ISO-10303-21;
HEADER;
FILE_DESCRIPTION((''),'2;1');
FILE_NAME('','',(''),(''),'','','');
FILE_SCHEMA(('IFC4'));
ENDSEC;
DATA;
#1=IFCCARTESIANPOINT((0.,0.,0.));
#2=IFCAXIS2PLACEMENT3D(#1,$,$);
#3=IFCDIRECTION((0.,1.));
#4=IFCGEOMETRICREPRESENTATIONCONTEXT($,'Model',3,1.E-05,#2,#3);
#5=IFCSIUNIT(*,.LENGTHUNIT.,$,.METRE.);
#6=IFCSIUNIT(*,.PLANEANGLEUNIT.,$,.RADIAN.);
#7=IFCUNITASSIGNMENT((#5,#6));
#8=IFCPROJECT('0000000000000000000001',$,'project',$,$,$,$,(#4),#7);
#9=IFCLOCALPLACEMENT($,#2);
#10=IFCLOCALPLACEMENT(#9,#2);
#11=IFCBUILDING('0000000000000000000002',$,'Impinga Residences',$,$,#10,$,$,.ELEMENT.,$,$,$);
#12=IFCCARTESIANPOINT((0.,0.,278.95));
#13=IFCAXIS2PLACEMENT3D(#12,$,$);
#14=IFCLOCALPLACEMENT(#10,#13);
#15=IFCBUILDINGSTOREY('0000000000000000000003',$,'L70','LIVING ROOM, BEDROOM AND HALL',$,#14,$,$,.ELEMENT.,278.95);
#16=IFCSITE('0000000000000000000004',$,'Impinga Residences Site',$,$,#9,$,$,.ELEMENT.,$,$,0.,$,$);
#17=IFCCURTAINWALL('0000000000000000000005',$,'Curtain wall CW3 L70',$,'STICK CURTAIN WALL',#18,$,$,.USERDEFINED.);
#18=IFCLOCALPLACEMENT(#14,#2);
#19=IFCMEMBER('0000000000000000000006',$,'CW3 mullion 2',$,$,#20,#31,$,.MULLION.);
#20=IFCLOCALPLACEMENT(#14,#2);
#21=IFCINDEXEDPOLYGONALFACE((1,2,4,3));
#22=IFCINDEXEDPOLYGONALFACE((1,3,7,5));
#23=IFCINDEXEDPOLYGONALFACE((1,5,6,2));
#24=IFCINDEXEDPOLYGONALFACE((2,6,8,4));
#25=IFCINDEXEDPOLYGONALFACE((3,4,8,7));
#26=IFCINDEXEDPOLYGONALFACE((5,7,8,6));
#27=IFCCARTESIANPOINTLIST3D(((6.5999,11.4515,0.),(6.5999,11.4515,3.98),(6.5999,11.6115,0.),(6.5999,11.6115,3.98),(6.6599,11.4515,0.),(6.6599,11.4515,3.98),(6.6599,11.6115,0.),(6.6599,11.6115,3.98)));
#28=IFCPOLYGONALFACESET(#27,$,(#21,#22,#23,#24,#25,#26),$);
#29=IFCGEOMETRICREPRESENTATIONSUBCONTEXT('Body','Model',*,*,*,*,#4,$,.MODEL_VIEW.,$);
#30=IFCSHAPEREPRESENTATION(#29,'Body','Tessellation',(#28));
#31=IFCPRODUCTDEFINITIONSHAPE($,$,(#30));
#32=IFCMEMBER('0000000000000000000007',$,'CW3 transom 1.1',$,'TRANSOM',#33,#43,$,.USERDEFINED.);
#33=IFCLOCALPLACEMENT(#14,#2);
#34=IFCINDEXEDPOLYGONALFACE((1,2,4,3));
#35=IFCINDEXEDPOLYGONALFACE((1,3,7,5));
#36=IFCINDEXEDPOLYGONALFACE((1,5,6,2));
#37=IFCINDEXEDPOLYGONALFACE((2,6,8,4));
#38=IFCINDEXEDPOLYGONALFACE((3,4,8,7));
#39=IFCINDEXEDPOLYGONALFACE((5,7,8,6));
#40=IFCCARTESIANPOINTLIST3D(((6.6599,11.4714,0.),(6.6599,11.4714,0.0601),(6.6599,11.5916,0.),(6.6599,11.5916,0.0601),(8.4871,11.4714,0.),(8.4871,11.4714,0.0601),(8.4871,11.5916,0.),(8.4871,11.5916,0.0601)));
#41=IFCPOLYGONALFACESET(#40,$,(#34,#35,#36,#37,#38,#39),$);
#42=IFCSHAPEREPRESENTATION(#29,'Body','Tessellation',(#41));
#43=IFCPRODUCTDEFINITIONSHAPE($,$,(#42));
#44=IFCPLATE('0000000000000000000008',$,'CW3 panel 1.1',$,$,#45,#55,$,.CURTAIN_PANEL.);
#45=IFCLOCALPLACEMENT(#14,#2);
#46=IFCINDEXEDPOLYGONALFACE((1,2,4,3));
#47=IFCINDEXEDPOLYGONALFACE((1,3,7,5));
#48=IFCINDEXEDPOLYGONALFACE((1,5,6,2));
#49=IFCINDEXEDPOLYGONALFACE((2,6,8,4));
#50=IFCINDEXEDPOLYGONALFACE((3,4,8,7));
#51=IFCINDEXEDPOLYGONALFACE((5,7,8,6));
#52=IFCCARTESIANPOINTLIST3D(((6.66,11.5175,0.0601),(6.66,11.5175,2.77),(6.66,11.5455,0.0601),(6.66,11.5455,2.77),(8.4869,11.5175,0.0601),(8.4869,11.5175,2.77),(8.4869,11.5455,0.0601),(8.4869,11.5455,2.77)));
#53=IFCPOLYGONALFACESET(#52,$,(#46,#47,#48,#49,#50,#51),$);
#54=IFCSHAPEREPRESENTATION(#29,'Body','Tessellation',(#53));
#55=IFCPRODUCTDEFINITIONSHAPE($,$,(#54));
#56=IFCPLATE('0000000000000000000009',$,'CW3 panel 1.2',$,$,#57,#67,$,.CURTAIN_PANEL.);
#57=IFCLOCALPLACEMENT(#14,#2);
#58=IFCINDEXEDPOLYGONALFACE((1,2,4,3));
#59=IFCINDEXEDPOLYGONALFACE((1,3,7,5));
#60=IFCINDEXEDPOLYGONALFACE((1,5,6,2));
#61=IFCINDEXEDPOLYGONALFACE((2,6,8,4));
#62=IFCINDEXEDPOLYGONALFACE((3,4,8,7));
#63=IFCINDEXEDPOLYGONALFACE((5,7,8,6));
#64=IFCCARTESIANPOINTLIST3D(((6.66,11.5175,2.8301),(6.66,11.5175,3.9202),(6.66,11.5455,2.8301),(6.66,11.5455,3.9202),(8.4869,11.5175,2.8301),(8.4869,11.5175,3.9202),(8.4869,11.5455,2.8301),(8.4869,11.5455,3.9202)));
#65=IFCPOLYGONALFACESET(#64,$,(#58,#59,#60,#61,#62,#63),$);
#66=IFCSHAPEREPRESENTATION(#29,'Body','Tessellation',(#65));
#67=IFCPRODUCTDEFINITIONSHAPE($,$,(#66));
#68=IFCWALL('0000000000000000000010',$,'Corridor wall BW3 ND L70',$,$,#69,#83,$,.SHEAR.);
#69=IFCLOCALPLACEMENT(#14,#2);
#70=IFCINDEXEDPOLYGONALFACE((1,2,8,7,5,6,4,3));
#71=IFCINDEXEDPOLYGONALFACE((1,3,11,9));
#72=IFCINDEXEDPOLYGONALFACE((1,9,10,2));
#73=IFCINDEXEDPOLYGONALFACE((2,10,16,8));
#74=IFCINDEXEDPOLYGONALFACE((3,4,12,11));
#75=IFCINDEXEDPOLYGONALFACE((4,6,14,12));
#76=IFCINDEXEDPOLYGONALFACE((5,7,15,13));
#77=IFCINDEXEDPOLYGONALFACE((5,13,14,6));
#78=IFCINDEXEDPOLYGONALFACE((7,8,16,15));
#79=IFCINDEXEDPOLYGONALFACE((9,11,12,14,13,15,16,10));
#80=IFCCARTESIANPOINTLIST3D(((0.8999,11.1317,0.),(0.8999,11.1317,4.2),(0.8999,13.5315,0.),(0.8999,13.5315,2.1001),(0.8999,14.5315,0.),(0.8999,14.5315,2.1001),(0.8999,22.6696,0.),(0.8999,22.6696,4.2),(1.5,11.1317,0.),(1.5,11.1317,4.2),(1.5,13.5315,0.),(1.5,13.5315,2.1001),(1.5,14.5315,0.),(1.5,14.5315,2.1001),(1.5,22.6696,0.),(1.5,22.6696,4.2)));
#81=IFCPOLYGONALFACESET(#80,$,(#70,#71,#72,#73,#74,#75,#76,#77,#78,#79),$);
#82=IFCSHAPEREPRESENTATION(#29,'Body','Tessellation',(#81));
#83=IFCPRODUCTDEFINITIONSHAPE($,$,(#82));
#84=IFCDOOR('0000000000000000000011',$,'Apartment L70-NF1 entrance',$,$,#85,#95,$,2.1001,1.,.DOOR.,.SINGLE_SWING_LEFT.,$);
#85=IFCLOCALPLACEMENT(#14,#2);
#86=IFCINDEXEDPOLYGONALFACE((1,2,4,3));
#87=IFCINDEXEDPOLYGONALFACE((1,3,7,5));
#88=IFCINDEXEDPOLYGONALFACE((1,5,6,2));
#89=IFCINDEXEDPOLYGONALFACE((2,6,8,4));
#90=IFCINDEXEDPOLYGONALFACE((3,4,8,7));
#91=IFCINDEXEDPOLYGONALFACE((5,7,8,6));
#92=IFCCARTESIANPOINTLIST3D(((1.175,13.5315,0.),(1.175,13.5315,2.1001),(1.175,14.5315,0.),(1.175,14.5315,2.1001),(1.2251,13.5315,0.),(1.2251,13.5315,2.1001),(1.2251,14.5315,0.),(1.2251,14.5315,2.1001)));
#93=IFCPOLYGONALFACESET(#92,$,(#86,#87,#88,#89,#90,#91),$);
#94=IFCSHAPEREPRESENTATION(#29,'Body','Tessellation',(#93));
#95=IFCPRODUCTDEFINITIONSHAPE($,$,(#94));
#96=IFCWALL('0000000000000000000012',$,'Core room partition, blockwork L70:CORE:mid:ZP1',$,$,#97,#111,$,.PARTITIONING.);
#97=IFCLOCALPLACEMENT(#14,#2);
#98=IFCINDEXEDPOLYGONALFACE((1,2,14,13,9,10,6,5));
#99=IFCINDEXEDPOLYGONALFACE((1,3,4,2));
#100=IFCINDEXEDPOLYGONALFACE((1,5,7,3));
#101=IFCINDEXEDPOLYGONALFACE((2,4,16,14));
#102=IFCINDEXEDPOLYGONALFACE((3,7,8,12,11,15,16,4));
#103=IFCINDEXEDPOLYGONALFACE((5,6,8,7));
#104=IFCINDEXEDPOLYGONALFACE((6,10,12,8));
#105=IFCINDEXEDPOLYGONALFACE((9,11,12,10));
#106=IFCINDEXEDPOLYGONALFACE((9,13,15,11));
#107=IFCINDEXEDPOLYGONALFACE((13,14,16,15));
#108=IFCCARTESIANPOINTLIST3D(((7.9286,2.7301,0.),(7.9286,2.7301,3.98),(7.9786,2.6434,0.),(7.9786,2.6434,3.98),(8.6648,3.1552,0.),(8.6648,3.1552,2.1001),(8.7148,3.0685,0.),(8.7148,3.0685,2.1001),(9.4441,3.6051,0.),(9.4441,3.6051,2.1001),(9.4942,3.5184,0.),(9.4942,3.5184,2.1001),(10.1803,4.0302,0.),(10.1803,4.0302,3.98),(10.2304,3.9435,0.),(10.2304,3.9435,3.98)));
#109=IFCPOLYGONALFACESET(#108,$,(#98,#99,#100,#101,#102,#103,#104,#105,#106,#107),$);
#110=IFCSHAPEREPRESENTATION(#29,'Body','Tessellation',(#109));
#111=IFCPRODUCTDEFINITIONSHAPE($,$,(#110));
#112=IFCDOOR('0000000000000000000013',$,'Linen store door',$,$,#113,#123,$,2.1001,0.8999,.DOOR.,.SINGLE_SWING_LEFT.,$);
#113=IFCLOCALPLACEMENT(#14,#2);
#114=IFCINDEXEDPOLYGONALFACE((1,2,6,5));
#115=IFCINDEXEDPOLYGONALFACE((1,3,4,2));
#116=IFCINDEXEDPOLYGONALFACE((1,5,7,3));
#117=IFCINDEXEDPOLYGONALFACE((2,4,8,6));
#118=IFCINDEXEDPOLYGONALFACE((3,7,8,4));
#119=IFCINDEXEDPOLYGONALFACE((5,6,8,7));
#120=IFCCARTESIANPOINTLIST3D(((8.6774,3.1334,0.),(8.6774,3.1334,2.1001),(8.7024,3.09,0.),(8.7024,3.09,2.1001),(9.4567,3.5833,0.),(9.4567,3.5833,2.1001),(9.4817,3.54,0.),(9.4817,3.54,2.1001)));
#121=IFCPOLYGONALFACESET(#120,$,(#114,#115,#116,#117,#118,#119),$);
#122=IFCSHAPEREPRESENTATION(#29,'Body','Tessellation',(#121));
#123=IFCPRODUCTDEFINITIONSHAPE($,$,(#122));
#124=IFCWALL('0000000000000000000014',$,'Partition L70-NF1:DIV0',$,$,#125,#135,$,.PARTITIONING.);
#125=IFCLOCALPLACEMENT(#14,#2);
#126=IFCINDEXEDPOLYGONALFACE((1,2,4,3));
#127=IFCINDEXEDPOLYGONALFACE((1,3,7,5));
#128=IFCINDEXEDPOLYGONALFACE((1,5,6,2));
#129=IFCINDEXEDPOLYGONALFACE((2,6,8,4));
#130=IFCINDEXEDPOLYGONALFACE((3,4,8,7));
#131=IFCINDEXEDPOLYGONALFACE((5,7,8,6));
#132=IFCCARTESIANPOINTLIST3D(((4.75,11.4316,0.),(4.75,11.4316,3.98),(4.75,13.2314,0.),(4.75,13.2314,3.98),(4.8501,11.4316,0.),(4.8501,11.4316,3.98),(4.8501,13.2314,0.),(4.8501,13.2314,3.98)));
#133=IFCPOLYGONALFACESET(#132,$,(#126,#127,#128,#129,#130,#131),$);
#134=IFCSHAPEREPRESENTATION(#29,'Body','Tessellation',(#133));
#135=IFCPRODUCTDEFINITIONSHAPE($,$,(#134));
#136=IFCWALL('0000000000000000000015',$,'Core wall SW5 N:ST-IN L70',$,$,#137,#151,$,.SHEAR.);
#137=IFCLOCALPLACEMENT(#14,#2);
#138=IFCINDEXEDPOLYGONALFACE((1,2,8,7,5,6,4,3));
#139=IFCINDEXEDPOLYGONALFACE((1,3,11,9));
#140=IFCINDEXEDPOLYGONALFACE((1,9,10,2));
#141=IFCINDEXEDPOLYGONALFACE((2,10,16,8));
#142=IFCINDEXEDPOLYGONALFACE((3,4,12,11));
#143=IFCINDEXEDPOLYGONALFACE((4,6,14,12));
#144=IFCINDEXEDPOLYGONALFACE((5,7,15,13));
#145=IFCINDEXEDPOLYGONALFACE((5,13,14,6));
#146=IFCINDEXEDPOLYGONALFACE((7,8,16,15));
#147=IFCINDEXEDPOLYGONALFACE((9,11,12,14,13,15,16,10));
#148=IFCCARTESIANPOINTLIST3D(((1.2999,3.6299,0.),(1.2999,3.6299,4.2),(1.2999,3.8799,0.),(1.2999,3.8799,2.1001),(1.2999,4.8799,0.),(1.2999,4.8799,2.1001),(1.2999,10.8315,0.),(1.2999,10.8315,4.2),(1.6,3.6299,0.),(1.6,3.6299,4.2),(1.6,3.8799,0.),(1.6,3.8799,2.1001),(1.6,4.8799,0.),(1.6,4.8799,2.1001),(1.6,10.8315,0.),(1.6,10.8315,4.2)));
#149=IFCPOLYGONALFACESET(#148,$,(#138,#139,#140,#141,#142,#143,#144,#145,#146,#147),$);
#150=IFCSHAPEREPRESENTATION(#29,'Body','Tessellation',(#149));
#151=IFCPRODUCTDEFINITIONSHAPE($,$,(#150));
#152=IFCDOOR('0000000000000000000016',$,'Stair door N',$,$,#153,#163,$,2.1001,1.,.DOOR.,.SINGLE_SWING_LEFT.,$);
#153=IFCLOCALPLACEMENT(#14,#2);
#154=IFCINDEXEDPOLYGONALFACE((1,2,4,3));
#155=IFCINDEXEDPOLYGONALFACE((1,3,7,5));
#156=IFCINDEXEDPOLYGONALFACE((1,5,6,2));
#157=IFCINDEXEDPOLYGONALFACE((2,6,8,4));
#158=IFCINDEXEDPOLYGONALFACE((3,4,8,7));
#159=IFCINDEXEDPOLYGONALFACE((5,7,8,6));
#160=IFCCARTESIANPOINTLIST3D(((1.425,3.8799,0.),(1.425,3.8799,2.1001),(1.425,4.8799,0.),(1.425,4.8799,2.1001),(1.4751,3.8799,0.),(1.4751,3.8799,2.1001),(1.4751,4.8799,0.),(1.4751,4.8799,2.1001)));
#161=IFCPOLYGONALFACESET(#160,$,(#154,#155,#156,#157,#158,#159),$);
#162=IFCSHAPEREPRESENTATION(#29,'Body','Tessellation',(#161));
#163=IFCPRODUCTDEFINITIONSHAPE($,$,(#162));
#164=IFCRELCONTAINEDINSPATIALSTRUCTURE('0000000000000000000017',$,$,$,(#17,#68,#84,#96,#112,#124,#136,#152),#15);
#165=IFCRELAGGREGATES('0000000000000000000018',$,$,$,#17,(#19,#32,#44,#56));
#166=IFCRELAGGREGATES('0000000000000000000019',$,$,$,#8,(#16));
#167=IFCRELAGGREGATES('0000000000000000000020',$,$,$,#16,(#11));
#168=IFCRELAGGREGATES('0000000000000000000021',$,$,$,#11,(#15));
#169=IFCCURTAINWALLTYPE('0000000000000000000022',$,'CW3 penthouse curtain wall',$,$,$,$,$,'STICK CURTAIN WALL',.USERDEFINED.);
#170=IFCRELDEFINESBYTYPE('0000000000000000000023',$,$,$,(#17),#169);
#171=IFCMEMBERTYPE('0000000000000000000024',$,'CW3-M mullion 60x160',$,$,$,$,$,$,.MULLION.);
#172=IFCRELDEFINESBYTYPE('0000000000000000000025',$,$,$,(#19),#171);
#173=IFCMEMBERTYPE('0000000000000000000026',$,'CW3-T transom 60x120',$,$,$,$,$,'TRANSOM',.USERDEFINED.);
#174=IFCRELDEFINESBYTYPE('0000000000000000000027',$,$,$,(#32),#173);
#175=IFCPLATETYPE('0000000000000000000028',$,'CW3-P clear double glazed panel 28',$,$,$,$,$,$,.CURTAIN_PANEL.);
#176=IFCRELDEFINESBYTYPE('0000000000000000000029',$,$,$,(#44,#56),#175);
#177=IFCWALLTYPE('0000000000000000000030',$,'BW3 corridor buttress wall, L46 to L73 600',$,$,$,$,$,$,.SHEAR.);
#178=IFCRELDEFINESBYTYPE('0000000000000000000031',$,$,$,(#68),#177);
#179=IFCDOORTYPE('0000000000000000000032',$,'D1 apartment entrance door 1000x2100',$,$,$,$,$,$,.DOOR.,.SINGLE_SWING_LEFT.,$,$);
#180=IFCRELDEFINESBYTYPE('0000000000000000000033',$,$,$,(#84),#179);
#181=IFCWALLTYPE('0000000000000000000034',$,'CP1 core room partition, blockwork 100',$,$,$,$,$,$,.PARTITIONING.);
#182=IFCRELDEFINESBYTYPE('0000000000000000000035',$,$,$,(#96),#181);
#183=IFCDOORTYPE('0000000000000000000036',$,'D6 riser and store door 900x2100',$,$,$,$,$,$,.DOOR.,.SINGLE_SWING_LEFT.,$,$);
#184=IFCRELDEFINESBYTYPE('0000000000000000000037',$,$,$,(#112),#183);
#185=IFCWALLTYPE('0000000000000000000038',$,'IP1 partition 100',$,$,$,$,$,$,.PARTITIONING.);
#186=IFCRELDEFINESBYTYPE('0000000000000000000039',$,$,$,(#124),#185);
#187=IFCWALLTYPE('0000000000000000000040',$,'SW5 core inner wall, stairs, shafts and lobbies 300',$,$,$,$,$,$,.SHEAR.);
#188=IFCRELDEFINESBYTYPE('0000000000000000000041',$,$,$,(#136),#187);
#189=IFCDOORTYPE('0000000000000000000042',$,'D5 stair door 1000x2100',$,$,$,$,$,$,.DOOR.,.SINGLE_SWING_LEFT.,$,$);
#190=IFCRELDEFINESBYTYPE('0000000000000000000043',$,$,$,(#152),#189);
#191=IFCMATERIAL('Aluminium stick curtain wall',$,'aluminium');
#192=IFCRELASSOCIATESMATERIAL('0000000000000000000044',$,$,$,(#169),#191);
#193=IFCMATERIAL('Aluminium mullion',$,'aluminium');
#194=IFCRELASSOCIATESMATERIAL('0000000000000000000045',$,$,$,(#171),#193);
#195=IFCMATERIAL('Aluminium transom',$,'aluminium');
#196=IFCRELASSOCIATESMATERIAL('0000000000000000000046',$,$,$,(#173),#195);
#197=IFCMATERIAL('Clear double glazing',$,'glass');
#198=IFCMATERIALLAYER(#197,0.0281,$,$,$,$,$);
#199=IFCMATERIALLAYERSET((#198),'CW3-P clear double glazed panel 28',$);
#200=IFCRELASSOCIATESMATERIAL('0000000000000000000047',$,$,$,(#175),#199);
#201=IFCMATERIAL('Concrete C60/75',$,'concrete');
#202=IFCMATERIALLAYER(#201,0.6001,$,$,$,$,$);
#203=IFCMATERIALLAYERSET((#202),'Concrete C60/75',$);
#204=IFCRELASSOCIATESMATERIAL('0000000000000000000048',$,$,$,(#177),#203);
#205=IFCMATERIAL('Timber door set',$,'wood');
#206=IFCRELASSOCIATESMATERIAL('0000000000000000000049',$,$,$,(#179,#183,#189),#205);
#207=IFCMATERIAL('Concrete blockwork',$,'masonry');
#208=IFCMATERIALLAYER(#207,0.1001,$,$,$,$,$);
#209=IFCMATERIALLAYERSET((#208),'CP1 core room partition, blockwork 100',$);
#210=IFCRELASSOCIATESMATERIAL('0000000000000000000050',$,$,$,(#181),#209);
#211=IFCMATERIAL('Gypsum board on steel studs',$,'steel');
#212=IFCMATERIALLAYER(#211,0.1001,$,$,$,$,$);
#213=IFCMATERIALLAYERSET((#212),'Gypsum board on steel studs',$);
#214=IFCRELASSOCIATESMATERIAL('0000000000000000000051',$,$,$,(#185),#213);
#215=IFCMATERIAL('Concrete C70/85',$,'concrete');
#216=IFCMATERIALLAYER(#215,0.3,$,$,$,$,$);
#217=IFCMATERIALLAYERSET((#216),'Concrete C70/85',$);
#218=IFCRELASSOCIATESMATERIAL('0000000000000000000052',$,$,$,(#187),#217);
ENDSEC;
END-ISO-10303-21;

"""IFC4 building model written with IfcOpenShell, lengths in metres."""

from ifc_helpers import new_model, si_unit, direction, frame, frame_2d, origin, origin_2d, place, context, subcontext, project, spatial, rectangle, extrude, material, layer, layer_set, material_profile, profile_set, type_object, element, fill, aggregate, save


model = new_model("IFC4")

# Units and contexts
model_context = context("Model", 3, precision=1e-05, world=origin(), true_north=direction((0.0, 1.0)))
body_context = subcontext(model_context, "Body", "Model", "MODEL_VIEW")
ifc_project = project(units=[si_unit("LENGTHUNIT", "METRE"), si_unit("PLANEANGLEUNIT", "RADIAN")], contexts=[model_context])

# Site, building, storey
site_placement = place(None, origin())
site = spatial("IfcSite", under=ifc_project, at=site_placement, Name="Impinga Residences Site", CompositionType="ELEMENT", RefElevation=0.0)
building_placement = place(site_placement, origin())
building = spatial("IfcBuilding", under=site, at=building_placement, Name="Impinga Residences", CompositionType="ELEMENT")
storey_placement = place(building_placement, frame((0.0, 0.0, 278.95)))
storey = spatial("IfcBuildingStorey", under=building, at=storey_placement, Name="L70", Description="LIVING ROOM, BEDROOM AND HALL", CompositionType="ELEMENT", Elevation=278.95)

# Curtain wall, members, plates
ifc_material_1 = material(Name="Aluminium stick curtain wall", Category="aluminium")
curtain_wall_type = type_object("IfcCurtainWallType", Name="CW3 penthouse curtain wall", ElementType="STICK CURTAIN WALL", PredefinedType="USERDEFINED", material=ifc_material_1)
curtain_wall_placement = place(storey_placement, origin())
curtain_wall = element("IfcCurtainWall", 1, at=curtain_wall_placement, inside=storey, type_object=curtain_wall_type, Name="Curtain wall CW3 L70", ObjectType="STICK CURTAIN WALL", PredefinedType="USERDEFINED")
ifc_material_2 = material(Name="Aluminium mullion", Category="aluminium")
ifc_material_profile_1 = material_profile(ifc_material_2, rectangle(XDim=0.0601, YDim=0.1599, at=origin_2d()), Name="60x160 mullion")
ifc_profile_set_1 = profile_set([ifc_material_profile_1], Name="Aluminium mullion")
member_type_1 = type_object("IfcMemberType", Name="CW3-M mullion 60x160", PredefinedType="MULLION", material=ifc_profile_set_1)
member_1_placement = place(storey_placement, frame((6.6299, 11.5315, 0.0), z_axis=(0.0, 0.0, 1.0), x_axis=(-1.0, 0.0, 0.0)))
member_1 = element("IfcMember", 2, at=member_1_placement, type_object=member_type_1, Name="CW3 mullion 2", PredefinedType="MULLION", context=body_context, shape_type="SweptSolid", body=[
    extrude(rectangle(XDim=0.0601, YDim=0.1599, at=origin_2d()), origin(), (0.0, 0.0, 1.0), 3.98),
])
ifc_material_3 = material(Name="Aluminium transom", Category="aluminium")
ifc_material_profile_2 = material_profile(ifc_material_3, rectangle(XDim=0.0601, YDim=0.1201, at=origin_2d()), Name="60x120 transom")
ifc_profile_set_2 = profile_set([ifc_material_profile_2], Name="Aluminium transom")
member_type_2 = type_object("IfcMemberType", Name="CW3-T transom 60x120", ElementType="TRANSOM", PredefinedType="USERDEFINED", material=ifc_profile_set_2)
member_2_placement = place(storey_placement, frame((8.4871, 11.5315, 0.03), z_axis=(-1.0, 0.0, 0.0), x_axis=(0.0, 0.0, 1.0)))
member_2 = element("IfcMember", 3, at=member_2_placement, type_object=member_type_2, Name="CW3 transom 1.1", ObjectType="TRANSOM", PredefinedType="USERDEFINED", context=body_context, shape_type="SweptSolid", body=[
    extrude(rectangle(XDim=0.0601, YDim=0.1201, at=origin_2d()), origin(), (0.0, 0.0, 1.0), 1.8271),
])
ifc_material_4 = material(Name="Clear double glazing", Category="glass")
ifc_layer_1 = layer(ifc_material_4, 0.0281)
ifc_layer_set_1 = layer_set([ifc_layer_1], Name="CW3-P clear double glazed panel 28")
plate_type = type_object("IfcPlateType", Name="CW3-P clear double glazed panel 28", PredefinedType="CURTAIN_PANEL", material=ifc_layer_set_1)
plate_1_placement = place(storey_placement, frame((7.5735, 11.5315, 0.0601), z_axis=(0.0, 0.0, 1.0), x_axis=(-1.0, 0.0, 0.0)))
plate_1 = element("IfcPlate", 4, at=plate_1_placement, type_object=plate_type, Name="CW3 panel 1.1", PredefinedType="CURTAIN_PANEL", context=body_context, shape_type="SweptSolid", body=[
    extrude(rectangle(XDim=1.8269, YDim=0.0281, at=origin_2d()), origin(), (0.0, 0.0, 1.0), 2.71),
])
plate_2_placement = place(storey_placement, frame((7.5735, 11.5315, 2.8301), z_axis=(0.0, 0.0, 1.0), x_axis=(-1.0, 0.0, 0.0)))
plate_2 = element("IfcPlate", 5, at=plate_2_placement, type_object=plate_type, Name="CW3 panel 1.2", PredefinedType="CURTAIN_PANEL", context=body_context, shape_type="SweptSolid", body=[
    extrude(rectangle(XDim=1.8269, YDim=0.0281, at=origin_2d()), origin(), (0.0, 0.0, 1.0), 1.0901),
])
aggregate(curtain_wall, [member_1, member_2, plate_1, plate_2])

# Walls, openings, doors
ifc_material_5 = material(Name="Concrete C60/75", Category="concrete")
ifc_layer_2 = layer(ifc_material_5, 0.6001)
ifc_layer_set_2 = layer_set([ifc_layer_2], Name="Concrete C60/75")
wall_type_1 = type_object("IfcWallType", Name="BW3 corridor buttress wall, L46 to L73 600", PredefinedType="SHEAR", material=ifc_layer_set_2)
wall_1_placement = place(storey_placement, frame((1.2, 11.1316, 0.0), z_axis=(0.0, 0.0, 1.0), x_axis=(0.0, 1.0, 0.0)))
wall_1 = element("IfcWall", 6, at=wall_1_placement, inside=storey, type_object=wall_type_1, Name="Corridor wall BW3 ND L70", PredefinedType="SHEAR", context=body_context, shape_type="SweptSolid", body=[
    extrude(rectangle(XDim=11.5378, YDim=0.6001, at=frame_2d((5.769, 0.0))), origin(), (0.0, 0.0, 1.0), 4.2),
])
opening_1_placement = place(wall_1_placement, frame((2.3999, 0.0, 0.0)))
opening_1 = element("IfcOpeningElement", 7, at=opening_1_placement, cuts=wall_1, PredefinedType="OPENING", context=body_context, shape_type="SweptSolid", body=[
    extrude(rectangle(XDim=1.0, YDim=2.1001, at=frame_2d((0.5, 1.05))), frame((0.0, 0.3101, 0.0), z_axis=(0.0, -1.0, 0.0), x_axis=(1.0, 0.0, 0.0)), (0.0, 0.0, 1.0), 0.6201),
])
ifc_material_6 = material(Name="Timber door set", Category="wood")
door_type_1 = type_object("IfcDoorType", Name="D1 apartment entrance door 1000x2100", OperationType="SINGLE_SWING_LEFT", PredefinedType="DOOR", material=ifc_material_6)
door_1_placement = place(opening_1_placement, origin())
door_1 = element("IfcDoor", 8, at=door_1_placement, inside=storey, type_object=door_type_1, Name="Apartment L70-NF1 entrance", OperationType="SINGLE_SWING_LEFT", OverallHeight=2.1001, OverallWidth=1.0, PredefinedType="DOOR", context=body_context, shape_type="SweptSolid", body=[
    extrude(rectangle(XDim=1.0, YDim=2.1001, at=frame_2d((0.5, 1.05))), frame((0.0, 0.0249, 0.0), z_axis=(0.0, -1.0, 0.0), x_axis=(1.0, 0.0, 0.0)), (0.0, 0.0, 1.0), 0.05),
])
fill(opening_1, door_1)
ifc_material_7 = material(Name="Concrete blockwork", Category="masonry")
ifc_layer_3 = layer(ifc_material_7, 0.1001)
ifc_layer_set_3 = layer_set([ifc_layer_3], Name="CP1 core room partition, blockwork 100")
wall_type_2 = type_object("IfcWallType", Name="CP1 core room partition, blockwork 100", PredefinedType="PARTITIONING", material=ifc_layer_set_3)
wall_2_placement = place(storey_placement, frame((7.9536, 2.6868, 0.0), z_axis=(0.0, 0.0, 1.0), x_axis=(0.866021, 0.500007, 0.0)))
wall_2 = element("IfcWall", 9, at=wall_2_placement, inside=storey, type_object=wall_type_2, Name="Core room partition, blockwork L70:CORE:mid:ZP1", PredefinedType="PARTITIONING", context=body_context, shape_type="SweptSolid", body=[
    extrude(rectangle(XDim=2.6001, YDim=0.1001, at=frame_2d((1.3, 0.0))), origin(), (0.0, 0.0, 1.0), 3.98),
])
opening_2_placement = place(wall_2_placement, frame((0.8501, 0.0, 0.0)))
opening_2 = element("IfcOpeningElement", 10, at=opening_2_placement, cuts=wall_2, PredefinedType="OPENING", context=body_context, shape_type="SweptSolid", body=[
    extrude(rectangle(XDim=0.8999, YDim=2.1001, at=frame_2d((0.45, 1.05))), frame((0.0, 0.0601, 0.0), z_axis=(0.0, -1.0, 0.0), x_axis=(1.0, 0.0, 0.0)), (0.0, 0.0, 1.0), 0.1201),
])
door_type_2 = type_object("IfcDoorType", Name="D6 riser and store door 900x2100", OperationType="SINGLE_SWING_LEFT", PredefinedType="DOOR", material=ifc_material_6)
door_2_placement = place(opening_2_placement, origin())
door_2 = element("IfcDoor", 11, at=door_2_placement, inside=storey, type_object=door_type_2, Name="Linen store door", OperationType="SINGLE_SWING_LEFT", OverallHeight=2.1001, OverallWidth=0.8999, PredefinedType="DOOR", context=body_context, shape_type="SweptSolid", body=[
    extrude(rectangle(XDim=0.8999, YDim=2.1001, at=frame_2d((0.45, 1.05))), frame((0.0, 0.0249, 0.0), z_axis=(0.0, -1.0, 0.0), x_axis=(1.0, 0.0, 0.0)), (0.0, 0.0, 1.0), 0.05),
])
fill(opening_2, door_2)

# Wall
ifc_material_8 = material(Name="Gypsum board on steel studs", Category="steel")
ifc_layer_4 = layer(ifc_material_8, 0.1001)
ifc_layer_set_4 = layer_set([ifc_layer_4], Name="Gypsum board on steel studs")
wall_type_3 = type_object("IfcWallType", Name="IP1 partition 100", PredefinedType="PARTITIONING", material=ifc_layer_set_4)
wall_3_placement = place(storey_placement, frame((4.8, 11.4316, 0.0), z_axis=(0.0, 0.0, 1.0), x_axis=(0.0, 1.0, 0.0)))
element("IfcWall", 12, at=wall_3_placement, inside=storey, type_object=wall_type_3, Name="Partition L70-NF1:DIV0", PredefinedType="PARTITIONING", context=body_context, shape_type="SweptSolid", body=[
    extrude(rectangle(XDim=1.7998, YDim=0.1001, at=frame_2d((0.8999, 0.0))), origin(), (0.0, 0.0, 1.0), 3.98),
])

# Wall, opening, door
ifc_material_9 = material(Name="Concrete C70/85", Category="concrete")
ifc_layer_5 = layer(ifc_material_9, 0.3)
ifc_layer_set_5 = layer_set([ifc_layer_5], Name="Concrete C70/85")
wall_type_4 = type_object("IfcWallType", Name="SW5 core inner wall, stairs, shafts and lobbies 300", PredefinedType="SHEAR", material=ifc_layer_set_5)
wall_4_placement = place(storey_placement, frame((1.45, 3.6299, 0.0), z_axis=(0.0, 0.0, 1.0), x_axis=(0.0, 1.0, 0.0)))
wall_4 = element("IfcWall", 13, at=wall_4_placement, inside=storey, type_object=wall_type_4, Name="Core wall SW5 N:ST-IN L70", PredefinedType="SHEAR", context=body_context, shape_type="SweptSolid", body=[
    extrude(rectangle(XDim=7.2017, YDim=0.3, at=frame_2d((3.6008, 0.0))), origin(), (0.0, 0.0, 1.0), 4.2),
])
opening_3_placement = place(wall_4_placement, frame((0.25, 0.0, 0.0)))
opening_3 = element("IfcOpeningElement", 14, at=opening_3_placement, cuts=wall_4, PredefinedType="OPENING", context=body_context, shape_type="SweptSolid", body=[
    extrude(rectangle(XDim=1.0, YDim=2.1001, at=frame_2d((0.5, 1.05))), frame((0.0, 0.1599, 0.0), z_axis=(0.0, -1.0, 0.0), x_axis=(1.0, 0.0, 0.0)), (0.0, 0.0, 1.0), 0.3201),
])
door_type_3 = type_object("IfcDoorType", Name="D5 stair door 1000x2100", OperationType="SINGLE_SWING_LEFT", PredefinedType="DOOR", material=ifc_material_6)
door_3_placement = place(opening_3_placement, origin())
door_3 = element("IfcDoor", 15, at=door_3_placement, inside=storey, type_object=door_type_3, Name="Stair door N", OperationType="SINGLE_SWING_LEFT", OverallHeight=2.1001, OverallWidth=1.0, PredefinedType="DOOR", context=body_context, shape_type="SweptSolid", body=[
    extrude(rectangle(XDim=1.0, YDim=2.1001, at=frame_2d((0.5, 1.05))), frame((0.0, 0.0249, 0.0), z_axis=(0.0, -1.0, 0.0), x_axis=(1.0, 0.0, 0.0)), (0.0, 0.0, 1.0), 0.05),
])
fill(opening_3, door_3)

save(model, "model.ifc")
